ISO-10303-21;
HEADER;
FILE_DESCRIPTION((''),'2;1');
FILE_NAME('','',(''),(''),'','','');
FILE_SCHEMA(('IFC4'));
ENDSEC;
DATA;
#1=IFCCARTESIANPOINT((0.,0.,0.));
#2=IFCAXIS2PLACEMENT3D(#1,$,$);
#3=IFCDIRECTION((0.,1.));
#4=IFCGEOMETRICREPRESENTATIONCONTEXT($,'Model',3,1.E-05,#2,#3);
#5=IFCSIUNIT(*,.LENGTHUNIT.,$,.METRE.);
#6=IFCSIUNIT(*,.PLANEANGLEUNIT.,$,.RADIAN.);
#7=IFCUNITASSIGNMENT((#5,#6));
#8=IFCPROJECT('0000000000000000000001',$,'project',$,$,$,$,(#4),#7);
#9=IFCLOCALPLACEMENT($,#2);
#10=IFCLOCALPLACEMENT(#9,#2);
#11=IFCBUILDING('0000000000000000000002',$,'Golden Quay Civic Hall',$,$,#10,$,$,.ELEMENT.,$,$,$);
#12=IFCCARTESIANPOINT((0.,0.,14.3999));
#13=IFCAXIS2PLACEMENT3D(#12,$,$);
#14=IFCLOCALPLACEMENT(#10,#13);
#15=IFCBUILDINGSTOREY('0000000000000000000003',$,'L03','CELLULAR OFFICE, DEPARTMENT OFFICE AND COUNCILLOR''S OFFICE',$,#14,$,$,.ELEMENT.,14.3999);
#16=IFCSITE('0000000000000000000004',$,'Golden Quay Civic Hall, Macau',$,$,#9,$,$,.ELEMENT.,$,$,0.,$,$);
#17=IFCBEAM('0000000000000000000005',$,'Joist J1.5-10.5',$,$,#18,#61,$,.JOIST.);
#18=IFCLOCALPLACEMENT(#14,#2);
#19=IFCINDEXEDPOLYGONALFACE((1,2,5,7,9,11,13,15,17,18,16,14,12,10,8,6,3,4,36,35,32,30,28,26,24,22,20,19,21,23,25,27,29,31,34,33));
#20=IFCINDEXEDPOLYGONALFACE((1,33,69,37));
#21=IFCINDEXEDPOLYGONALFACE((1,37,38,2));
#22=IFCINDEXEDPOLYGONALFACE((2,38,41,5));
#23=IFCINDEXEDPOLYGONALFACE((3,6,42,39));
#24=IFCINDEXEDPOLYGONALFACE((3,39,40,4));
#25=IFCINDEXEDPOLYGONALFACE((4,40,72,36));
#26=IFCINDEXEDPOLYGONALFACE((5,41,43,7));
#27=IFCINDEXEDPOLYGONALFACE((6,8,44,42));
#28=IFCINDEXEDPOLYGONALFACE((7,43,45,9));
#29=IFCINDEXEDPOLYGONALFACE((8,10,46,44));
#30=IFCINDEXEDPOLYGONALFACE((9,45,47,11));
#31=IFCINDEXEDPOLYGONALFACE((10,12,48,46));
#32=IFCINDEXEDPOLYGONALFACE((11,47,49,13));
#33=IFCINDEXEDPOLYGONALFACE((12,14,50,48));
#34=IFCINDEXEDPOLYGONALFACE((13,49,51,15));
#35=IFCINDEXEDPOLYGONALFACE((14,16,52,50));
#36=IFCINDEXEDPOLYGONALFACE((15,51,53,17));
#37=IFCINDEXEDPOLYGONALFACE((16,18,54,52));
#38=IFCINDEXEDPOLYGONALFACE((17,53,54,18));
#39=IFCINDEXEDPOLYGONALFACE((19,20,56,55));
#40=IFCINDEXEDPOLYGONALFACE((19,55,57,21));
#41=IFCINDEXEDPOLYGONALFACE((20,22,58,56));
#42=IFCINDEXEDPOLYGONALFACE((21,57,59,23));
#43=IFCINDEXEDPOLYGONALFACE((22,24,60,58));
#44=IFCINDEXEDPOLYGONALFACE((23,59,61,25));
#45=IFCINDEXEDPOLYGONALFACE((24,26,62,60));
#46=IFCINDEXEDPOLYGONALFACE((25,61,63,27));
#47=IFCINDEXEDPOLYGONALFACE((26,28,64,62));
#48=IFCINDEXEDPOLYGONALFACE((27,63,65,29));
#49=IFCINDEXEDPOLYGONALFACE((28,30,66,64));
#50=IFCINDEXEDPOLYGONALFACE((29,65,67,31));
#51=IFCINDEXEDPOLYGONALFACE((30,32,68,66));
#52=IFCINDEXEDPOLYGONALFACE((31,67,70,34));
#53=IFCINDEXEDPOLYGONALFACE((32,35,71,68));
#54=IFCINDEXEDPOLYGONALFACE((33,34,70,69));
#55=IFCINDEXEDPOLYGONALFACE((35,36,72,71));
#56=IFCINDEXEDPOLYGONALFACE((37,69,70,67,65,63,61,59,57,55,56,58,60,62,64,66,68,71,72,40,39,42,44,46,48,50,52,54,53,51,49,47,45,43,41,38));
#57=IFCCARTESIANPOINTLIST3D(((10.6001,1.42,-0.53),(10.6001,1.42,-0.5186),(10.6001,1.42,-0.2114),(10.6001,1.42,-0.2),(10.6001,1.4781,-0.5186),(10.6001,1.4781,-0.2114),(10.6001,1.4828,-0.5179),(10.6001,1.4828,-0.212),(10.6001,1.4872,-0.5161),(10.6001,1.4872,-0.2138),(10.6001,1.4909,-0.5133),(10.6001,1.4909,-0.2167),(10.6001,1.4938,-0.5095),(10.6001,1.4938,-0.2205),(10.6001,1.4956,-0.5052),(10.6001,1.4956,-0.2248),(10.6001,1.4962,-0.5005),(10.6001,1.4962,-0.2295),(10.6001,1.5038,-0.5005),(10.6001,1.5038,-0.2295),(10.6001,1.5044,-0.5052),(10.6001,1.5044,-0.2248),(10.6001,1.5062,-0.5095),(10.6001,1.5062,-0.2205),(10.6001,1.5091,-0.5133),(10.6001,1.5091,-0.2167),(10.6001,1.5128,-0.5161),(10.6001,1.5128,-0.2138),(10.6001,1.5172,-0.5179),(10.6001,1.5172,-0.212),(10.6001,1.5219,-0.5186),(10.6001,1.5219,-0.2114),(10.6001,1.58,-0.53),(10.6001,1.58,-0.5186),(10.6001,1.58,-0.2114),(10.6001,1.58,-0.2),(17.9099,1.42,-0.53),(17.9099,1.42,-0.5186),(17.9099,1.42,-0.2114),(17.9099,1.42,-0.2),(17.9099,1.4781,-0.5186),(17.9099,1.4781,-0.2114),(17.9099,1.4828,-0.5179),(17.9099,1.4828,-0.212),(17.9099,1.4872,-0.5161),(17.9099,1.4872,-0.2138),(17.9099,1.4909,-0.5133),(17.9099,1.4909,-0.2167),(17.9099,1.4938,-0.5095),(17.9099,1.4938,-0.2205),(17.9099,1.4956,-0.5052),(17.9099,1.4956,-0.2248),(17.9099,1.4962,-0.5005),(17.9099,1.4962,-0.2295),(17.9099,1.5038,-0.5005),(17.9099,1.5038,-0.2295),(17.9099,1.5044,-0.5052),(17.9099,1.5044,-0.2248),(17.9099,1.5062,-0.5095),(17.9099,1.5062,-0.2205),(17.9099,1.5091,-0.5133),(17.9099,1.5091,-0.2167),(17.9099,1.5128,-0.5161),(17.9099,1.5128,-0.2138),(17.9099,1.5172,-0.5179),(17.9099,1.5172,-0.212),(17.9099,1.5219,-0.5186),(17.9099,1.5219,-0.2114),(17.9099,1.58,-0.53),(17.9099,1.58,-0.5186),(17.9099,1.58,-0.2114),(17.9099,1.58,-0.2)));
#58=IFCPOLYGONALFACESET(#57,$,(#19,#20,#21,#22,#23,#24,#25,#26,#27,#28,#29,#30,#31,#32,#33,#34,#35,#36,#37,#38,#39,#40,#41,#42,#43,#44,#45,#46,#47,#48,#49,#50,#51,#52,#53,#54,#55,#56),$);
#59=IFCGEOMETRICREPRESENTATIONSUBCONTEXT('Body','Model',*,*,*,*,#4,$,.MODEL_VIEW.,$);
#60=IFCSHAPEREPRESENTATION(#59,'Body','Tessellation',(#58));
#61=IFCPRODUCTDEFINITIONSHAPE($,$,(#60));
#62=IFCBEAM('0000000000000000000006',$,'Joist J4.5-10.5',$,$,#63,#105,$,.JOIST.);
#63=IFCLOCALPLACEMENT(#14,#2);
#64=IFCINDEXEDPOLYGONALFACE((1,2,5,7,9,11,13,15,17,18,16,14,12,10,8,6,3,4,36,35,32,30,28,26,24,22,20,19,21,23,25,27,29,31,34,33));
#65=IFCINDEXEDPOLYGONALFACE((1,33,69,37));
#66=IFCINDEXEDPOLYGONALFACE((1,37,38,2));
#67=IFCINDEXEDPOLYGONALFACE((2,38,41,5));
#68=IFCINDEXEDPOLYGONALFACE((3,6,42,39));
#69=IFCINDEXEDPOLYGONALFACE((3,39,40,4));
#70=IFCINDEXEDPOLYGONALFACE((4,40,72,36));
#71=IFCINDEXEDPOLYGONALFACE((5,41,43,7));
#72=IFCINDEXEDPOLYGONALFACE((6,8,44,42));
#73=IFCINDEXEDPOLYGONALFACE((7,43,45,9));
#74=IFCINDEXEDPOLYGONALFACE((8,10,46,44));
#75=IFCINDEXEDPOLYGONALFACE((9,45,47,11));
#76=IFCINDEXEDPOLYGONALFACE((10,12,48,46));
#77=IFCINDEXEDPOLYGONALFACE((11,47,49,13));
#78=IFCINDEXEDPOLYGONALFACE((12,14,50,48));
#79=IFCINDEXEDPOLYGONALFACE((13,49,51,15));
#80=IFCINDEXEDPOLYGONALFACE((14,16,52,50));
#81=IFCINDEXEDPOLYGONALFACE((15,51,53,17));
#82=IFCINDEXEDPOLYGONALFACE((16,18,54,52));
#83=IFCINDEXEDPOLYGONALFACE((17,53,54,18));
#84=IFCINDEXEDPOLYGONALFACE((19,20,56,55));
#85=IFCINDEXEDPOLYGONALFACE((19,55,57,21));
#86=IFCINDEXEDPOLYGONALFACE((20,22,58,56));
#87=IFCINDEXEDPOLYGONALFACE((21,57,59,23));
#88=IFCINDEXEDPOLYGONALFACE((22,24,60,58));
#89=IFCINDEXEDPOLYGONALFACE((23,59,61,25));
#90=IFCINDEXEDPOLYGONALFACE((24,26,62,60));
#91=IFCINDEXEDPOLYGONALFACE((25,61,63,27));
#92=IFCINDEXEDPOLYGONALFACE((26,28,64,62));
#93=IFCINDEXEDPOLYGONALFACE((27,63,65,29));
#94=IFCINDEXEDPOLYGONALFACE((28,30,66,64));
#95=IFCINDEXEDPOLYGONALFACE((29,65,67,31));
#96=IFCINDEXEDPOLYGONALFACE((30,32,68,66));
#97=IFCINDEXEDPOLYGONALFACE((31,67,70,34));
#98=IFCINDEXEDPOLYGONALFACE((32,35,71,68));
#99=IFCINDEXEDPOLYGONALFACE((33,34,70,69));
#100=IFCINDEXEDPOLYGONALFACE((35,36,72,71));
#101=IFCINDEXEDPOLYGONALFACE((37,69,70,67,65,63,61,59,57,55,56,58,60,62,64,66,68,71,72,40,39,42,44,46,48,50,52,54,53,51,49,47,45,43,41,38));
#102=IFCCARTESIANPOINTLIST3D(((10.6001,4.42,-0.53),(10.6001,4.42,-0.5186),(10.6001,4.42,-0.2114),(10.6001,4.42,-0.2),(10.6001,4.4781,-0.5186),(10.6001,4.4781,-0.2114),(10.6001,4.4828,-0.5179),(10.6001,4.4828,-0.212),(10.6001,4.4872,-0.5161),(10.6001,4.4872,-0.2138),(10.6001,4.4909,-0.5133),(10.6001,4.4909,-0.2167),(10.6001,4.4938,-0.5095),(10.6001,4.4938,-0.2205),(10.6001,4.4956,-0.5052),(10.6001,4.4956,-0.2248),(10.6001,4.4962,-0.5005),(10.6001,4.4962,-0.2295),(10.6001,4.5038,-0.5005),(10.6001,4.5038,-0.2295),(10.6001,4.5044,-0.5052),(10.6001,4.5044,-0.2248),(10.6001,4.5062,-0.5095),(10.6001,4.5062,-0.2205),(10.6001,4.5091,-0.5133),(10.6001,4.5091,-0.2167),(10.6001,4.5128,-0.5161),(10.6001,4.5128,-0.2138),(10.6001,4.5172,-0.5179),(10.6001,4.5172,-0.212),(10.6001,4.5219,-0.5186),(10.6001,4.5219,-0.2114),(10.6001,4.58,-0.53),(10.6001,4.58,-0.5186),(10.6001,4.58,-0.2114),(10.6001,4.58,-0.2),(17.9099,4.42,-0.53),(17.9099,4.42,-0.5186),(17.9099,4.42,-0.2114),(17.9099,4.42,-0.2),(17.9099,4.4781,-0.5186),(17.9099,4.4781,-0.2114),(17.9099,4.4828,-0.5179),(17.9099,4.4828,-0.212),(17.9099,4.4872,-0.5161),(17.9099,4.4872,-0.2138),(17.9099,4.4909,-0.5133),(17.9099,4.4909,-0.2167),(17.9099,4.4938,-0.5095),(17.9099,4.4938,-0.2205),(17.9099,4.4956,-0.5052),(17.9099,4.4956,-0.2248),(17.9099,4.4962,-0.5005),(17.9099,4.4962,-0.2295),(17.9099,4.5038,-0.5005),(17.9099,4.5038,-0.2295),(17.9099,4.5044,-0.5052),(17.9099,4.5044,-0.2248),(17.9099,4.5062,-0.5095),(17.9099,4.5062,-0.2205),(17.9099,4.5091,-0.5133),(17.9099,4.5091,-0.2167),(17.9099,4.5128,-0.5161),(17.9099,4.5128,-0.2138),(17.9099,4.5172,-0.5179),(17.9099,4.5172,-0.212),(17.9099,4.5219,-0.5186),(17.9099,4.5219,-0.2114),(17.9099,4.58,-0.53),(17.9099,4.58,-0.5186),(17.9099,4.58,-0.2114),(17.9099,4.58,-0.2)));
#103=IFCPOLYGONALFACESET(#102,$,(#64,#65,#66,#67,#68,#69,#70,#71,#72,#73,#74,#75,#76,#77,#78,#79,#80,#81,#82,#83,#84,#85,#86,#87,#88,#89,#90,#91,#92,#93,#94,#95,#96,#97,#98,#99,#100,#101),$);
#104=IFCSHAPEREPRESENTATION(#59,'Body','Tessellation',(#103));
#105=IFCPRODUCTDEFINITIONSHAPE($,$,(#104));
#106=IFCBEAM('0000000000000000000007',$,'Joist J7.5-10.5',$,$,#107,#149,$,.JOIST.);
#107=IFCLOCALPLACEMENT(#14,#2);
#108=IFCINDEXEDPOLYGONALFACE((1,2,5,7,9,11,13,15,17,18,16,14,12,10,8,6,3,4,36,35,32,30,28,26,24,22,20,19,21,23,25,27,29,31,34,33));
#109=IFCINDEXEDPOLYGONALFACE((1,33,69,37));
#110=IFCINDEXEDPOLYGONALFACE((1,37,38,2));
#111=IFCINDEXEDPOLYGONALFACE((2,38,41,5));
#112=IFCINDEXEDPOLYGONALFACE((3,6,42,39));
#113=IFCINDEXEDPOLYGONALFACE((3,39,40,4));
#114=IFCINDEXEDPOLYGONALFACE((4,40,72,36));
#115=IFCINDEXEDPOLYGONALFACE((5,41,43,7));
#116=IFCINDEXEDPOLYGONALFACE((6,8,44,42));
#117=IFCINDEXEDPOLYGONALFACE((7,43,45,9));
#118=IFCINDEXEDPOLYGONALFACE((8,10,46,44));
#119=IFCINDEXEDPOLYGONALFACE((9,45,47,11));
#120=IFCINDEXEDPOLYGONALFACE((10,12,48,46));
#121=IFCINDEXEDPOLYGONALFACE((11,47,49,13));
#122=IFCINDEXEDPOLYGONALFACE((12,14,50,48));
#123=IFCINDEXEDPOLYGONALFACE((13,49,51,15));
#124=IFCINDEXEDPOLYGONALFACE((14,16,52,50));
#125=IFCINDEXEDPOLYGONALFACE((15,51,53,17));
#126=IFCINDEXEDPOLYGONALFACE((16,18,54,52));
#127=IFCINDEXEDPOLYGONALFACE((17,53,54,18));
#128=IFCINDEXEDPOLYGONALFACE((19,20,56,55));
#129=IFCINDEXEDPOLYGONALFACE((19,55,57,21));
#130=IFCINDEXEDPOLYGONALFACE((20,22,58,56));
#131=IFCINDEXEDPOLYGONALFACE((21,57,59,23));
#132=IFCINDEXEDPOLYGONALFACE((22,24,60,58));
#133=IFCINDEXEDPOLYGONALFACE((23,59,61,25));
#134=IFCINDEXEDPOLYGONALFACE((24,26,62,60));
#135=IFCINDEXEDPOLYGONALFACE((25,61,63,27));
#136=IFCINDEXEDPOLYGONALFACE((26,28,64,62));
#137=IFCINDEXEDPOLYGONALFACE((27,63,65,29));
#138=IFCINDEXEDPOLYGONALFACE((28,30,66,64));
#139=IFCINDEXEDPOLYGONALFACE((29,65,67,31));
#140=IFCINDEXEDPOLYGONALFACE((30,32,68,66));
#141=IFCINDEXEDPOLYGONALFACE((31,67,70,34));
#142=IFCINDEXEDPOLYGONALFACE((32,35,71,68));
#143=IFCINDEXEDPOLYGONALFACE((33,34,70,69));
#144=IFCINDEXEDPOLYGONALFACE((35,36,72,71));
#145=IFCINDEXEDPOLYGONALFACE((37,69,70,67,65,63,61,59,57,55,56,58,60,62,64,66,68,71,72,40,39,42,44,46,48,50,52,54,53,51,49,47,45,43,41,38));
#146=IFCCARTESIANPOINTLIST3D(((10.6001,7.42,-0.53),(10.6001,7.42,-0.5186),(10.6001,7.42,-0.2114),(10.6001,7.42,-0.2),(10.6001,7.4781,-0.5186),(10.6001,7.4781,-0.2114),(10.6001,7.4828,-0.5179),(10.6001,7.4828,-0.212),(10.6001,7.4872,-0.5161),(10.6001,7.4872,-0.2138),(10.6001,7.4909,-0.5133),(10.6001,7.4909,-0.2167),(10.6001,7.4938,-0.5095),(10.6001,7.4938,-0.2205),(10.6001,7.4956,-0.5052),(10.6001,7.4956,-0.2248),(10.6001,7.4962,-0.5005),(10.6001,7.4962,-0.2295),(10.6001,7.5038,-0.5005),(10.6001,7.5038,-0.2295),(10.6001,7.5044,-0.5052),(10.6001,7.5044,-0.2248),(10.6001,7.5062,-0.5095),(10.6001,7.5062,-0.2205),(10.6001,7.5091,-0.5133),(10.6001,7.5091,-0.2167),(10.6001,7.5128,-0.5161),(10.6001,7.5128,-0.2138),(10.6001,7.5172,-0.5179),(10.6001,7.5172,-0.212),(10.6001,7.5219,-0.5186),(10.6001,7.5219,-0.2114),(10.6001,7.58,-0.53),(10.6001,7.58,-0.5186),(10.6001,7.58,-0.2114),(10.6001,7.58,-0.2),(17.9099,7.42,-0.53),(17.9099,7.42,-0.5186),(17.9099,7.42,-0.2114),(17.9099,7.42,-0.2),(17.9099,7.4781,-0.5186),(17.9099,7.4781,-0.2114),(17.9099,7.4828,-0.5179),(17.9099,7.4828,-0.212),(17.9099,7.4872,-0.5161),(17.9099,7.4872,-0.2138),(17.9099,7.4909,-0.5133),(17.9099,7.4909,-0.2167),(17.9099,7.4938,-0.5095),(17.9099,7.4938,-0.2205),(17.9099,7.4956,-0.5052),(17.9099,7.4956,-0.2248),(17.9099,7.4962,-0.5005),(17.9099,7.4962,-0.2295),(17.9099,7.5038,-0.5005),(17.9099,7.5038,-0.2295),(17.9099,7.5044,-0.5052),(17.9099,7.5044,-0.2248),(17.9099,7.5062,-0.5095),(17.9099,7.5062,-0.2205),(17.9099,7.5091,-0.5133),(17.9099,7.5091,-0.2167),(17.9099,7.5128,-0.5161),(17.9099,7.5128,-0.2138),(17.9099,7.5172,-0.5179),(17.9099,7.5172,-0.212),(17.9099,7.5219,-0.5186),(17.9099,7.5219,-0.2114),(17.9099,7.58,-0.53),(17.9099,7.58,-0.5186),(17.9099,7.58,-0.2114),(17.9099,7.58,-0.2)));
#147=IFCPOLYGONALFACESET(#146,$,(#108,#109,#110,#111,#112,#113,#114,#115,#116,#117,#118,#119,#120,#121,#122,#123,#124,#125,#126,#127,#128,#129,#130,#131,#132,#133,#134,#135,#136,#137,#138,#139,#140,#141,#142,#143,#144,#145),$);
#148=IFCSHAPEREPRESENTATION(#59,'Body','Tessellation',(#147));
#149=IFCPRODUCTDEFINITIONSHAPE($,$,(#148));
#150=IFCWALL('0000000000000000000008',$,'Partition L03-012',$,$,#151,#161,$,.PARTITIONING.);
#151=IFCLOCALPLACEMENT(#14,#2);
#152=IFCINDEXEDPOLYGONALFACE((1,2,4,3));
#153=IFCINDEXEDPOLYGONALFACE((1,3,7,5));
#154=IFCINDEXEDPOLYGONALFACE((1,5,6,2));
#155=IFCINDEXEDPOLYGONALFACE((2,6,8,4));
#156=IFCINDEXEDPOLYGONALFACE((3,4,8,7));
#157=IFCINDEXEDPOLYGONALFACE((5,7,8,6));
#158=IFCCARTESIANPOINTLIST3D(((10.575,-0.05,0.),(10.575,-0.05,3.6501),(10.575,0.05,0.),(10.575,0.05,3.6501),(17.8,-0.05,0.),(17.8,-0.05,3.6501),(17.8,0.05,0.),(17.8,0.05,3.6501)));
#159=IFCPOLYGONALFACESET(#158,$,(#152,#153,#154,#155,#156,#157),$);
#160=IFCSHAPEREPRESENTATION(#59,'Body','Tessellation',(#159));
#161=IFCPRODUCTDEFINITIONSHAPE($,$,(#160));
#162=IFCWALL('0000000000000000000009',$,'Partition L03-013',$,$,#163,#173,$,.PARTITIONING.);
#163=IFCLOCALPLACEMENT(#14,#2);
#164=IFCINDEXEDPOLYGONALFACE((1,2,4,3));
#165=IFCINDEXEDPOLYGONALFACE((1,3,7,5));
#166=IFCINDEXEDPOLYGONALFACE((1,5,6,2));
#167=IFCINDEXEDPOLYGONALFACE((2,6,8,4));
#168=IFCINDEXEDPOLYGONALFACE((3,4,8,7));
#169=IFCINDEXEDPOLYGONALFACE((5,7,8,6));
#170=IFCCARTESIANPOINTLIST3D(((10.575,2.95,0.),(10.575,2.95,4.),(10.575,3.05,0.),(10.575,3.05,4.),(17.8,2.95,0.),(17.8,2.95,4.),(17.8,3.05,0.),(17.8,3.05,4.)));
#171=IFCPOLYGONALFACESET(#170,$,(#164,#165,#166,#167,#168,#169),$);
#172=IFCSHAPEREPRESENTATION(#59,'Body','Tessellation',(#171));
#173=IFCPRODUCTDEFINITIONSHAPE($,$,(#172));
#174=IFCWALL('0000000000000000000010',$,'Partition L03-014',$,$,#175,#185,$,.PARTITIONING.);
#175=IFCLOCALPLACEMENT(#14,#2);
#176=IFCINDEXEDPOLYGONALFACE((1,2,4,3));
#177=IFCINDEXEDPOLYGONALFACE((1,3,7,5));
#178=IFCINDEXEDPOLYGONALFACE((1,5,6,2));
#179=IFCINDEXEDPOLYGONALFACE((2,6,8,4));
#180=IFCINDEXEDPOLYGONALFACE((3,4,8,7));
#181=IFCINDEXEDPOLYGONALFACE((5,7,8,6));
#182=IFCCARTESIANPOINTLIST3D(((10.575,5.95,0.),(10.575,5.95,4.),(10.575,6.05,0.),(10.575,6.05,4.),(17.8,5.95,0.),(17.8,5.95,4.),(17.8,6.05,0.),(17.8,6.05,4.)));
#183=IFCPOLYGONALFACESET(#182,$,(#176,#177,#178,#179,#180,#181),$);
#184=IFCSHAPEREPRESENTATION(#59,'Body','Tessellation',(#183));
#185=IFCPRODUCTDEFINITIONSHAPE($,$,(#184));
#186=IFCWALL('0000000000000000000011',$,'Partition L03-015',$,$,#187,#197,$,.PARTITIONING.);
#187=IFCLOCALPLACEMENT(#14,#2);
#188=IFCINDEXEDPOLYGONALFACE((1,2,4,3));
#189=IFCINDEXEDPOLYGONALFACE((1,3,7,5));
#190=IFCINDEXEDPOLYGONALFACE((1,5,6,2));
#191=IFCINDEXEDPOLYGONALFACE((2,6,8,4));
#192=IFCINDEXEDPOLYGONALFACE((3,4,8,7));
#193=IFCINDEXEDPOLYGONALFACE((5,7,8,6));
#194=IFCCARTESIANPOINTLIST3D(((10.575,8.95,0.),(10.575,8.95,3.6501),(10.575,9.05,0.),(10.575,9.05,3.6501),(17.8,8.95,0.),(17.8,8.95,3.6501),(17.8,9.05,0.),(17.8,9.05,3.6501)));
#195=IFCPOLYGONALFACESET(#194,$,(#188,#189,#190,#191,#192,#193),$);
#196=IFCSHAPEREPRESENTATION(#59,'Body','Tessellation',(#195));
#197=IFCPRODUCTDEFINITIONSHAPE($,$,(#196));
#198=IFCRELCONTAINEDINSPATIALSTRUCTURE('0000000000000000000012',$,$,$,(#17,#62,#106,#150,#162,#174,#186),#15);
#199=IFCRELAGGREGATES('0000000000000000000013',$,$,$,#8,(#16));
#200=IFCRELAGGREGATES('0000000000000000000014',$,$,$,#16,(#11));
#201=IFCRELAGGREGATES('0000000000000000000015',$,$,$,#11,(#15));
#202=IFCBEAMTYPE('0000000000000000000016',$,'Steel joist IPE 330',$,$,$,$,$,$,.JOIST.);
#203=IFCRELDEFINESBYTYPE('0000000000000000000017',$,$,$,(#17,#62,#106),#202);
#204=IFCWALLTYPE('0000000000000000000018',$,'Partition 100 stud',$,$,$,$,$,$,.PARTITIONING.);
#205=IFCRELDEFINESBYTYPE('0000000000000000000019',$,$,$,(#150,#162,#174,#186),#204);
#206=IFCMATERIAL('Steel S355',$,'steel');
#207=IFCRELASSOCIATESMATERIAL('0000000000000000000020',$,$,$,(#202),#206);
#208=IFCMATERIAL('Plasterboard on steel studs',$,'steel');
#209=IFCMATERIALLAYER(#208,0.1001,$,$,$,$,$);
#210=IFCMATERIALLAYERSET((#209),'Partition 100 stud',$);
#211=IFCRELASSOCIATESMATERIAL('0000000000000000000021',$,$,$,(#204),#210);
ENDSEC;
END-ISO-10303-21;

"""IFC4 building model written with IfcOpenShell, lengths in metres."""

from ifc_helpers import new_model, si_unit, direction, frame, frame_2d, origin, origin_2d, place, context, subcontext, project, spatial, rectangle, i_section, extrude, material, layer, layer_set, material_profile, profile_set, type_object, element, save


model = new_model("IFC4")

# Units and contexts
model_context = context("Model", 3, precision=1e-05, world=origin(), true_north=direction((0.0, 1.0)))
body_context = subcontext(model_context, "Body", "Model", "MODEL_VIEW")
ifc_project = project(units=[si_unit("LENGTHUNIT", "METRE"), si_unit("PLANEANGLEUNIT", "RADIAN")], contexts=[model_context])

# Site, building, storey
site_placement = place(None, origin())
site = spatial("IfcSite", under=ifc_project, at=site_placement, Name="Golden Quay Civic Hall, Macau", CompositionType="ELEMENT", RefElevation=0.0)
building_placement = place(site_placement, origin())
building = spatial("IfcBuilding", under=site, at=building_placement, Name="Golden Quay Civic Hall", CompositionType="ELEMENT")
storey_placement = place(building_placement, frame((0.0, 0.0, 14.3999)))
storey = spatial("IfcBuildingStorey", under=building, at=storey_placement, Name="L03", Description="CELLULAR OFFICE, DEPARTMENT OFFICE AND COUNCILLOR'S OFFICE", CompositionType="ELEMENT", Elevation=14.3999)

# Beams
ifc_material_1 = material(Name="Steel S355", Category="steel")
ifc_material_profile_1 = material_profile(ifc_material_1, i_section(OverallWidth=0.1599, OverallDepth=0.3301, WebThickness=0.0076, FlangeThickness=0.0115, FilletRadius=0.0181, at=origin_2d()), Name="IPE 330")
ifc_profile_set_1 = profile_set([ifc_material_profile_1], Name="Steel S355")
beam_type_1 = type_object("IfcBeamType", Name="Steel joist IPE 330", PredefinedType="JOIST", material=ifc_profile_set_1)
for number, where, z_axis, x_axis, name in (
    (1, (10.6001, 1.5, -0.365), (1.0, 0.0, 0.0), (0.0, 1.0, 0.0), "Joist J1.5-10.5"),
    (2, (10.6001, 4.5, -0.365), (1.0, 0.0, 0.0), (0.0, 1.0, 0.0), "Joist J4.5-10.5"),
    (3, (10.6001, 7.5, -0.365), (1.0, 0.0, 0.0), (0.0, 1.0, 0.0), "Joist J7.5-10.5"),
):
    element("IfcBeam", number, at=place(storey_placement, frame(where, z_axis=z_axis, x_axis=x_axis)), inside=storey, type_object=beam_type_1, Name=name, PredefinedType="JOIST", context=body_context, shape_type="SweptSolid", body=[
        extrude(i_section(OverallWidth=0.1599, OverallDepth=0.3301, WebThickness=0.0076, FlangeThickness=0.0115, FilletRadius=0.0181, at=origin_2d()), origin(), (0.0, 0.0, 1.0), 7.3098),
    ])

# Walls
ifc_material_2 = material(Name="Plasterboard on steel studs", Category="steel")
ifc_layer_1 = layer(ifc_material_2, 0.1001)
ifc_layer_set_1 = layer_set([ifc_layer_1], Name="Partition 100 stud")
wall_type_1 = type_object("IfcWallType", Name="Partition 100 stud", PredefinedType="PARTITIONING", material=ifc_layer_set_1)
wall_1_placement = place(storey_placement, frame((10.575, 0.0, 0.0), z_axis=(0.0, 0.0, 1.0), x_axis=(1.0, 0.0, 0.0)))
element("IfcWall", 4, at=wall_1_placement, inside=storey, type_object=wall_type_1, Name="Partition L03-012", PredefinedType="PARTITIONING", context=body_context, shape_type="SweptSolid", body=[
    extrude(rectangle(XDim=7.2251, YDim=0.1001, at=frame_2d((3.6125, 0.0))), origin(), (0.0, 0.0, 1.0), 3.6501),
])
for number, where, z_axis, x_axis, name in (
    (5, (10.575, 3.0, 0.0), (0.0, 0.0, 1.0), (1.0, 0.0, 0.0), "Partition L03-013"),
    (6, (10.575, 6.0, 0.0), (0.0, 0.0, 1.0), (1.0, 0.0, 0.0), "Partition L03-014"),
):
    element("IfcWall", number, at=place(storey_placement, frame(where, z_axis=z_axis, x_axis=x_axis)), inside=storey, type_object=wall_type_1, Name=name, PredefinedType="PARTITIONING", context=body_context, shape_type="SweptSolid", body=[
        extrude(rectangle(XDim=7.2251, YDim=0.1001, at=frame_2d((3.6125, 0.0))), origin(), (0.0, 0.0, 1.0), 4.0),
    ])
wall_2_placement = place(storey_placement, frame((10.575, 9.0, 0.0), z_axis=(0.0, 0.0, 1.0), x_axis=(1.0, 0.0, 0.0)))
element("IfcWall", 7, at=wall_2_placement, inside=storey, type_object=wall_type_1, Name="Partition L03-015", PredefinedType="PARTITIONING", context=body_context, shape_type="SweptSolid", body=[
    extrude(rectangle(XDim=7.2251, YDim=0.1001, at=frame_2d((3.6125, 0.0))), origin(), (0.0, 0.0, 1.0), 3.6501),
])

save(model, "model.ifc")
